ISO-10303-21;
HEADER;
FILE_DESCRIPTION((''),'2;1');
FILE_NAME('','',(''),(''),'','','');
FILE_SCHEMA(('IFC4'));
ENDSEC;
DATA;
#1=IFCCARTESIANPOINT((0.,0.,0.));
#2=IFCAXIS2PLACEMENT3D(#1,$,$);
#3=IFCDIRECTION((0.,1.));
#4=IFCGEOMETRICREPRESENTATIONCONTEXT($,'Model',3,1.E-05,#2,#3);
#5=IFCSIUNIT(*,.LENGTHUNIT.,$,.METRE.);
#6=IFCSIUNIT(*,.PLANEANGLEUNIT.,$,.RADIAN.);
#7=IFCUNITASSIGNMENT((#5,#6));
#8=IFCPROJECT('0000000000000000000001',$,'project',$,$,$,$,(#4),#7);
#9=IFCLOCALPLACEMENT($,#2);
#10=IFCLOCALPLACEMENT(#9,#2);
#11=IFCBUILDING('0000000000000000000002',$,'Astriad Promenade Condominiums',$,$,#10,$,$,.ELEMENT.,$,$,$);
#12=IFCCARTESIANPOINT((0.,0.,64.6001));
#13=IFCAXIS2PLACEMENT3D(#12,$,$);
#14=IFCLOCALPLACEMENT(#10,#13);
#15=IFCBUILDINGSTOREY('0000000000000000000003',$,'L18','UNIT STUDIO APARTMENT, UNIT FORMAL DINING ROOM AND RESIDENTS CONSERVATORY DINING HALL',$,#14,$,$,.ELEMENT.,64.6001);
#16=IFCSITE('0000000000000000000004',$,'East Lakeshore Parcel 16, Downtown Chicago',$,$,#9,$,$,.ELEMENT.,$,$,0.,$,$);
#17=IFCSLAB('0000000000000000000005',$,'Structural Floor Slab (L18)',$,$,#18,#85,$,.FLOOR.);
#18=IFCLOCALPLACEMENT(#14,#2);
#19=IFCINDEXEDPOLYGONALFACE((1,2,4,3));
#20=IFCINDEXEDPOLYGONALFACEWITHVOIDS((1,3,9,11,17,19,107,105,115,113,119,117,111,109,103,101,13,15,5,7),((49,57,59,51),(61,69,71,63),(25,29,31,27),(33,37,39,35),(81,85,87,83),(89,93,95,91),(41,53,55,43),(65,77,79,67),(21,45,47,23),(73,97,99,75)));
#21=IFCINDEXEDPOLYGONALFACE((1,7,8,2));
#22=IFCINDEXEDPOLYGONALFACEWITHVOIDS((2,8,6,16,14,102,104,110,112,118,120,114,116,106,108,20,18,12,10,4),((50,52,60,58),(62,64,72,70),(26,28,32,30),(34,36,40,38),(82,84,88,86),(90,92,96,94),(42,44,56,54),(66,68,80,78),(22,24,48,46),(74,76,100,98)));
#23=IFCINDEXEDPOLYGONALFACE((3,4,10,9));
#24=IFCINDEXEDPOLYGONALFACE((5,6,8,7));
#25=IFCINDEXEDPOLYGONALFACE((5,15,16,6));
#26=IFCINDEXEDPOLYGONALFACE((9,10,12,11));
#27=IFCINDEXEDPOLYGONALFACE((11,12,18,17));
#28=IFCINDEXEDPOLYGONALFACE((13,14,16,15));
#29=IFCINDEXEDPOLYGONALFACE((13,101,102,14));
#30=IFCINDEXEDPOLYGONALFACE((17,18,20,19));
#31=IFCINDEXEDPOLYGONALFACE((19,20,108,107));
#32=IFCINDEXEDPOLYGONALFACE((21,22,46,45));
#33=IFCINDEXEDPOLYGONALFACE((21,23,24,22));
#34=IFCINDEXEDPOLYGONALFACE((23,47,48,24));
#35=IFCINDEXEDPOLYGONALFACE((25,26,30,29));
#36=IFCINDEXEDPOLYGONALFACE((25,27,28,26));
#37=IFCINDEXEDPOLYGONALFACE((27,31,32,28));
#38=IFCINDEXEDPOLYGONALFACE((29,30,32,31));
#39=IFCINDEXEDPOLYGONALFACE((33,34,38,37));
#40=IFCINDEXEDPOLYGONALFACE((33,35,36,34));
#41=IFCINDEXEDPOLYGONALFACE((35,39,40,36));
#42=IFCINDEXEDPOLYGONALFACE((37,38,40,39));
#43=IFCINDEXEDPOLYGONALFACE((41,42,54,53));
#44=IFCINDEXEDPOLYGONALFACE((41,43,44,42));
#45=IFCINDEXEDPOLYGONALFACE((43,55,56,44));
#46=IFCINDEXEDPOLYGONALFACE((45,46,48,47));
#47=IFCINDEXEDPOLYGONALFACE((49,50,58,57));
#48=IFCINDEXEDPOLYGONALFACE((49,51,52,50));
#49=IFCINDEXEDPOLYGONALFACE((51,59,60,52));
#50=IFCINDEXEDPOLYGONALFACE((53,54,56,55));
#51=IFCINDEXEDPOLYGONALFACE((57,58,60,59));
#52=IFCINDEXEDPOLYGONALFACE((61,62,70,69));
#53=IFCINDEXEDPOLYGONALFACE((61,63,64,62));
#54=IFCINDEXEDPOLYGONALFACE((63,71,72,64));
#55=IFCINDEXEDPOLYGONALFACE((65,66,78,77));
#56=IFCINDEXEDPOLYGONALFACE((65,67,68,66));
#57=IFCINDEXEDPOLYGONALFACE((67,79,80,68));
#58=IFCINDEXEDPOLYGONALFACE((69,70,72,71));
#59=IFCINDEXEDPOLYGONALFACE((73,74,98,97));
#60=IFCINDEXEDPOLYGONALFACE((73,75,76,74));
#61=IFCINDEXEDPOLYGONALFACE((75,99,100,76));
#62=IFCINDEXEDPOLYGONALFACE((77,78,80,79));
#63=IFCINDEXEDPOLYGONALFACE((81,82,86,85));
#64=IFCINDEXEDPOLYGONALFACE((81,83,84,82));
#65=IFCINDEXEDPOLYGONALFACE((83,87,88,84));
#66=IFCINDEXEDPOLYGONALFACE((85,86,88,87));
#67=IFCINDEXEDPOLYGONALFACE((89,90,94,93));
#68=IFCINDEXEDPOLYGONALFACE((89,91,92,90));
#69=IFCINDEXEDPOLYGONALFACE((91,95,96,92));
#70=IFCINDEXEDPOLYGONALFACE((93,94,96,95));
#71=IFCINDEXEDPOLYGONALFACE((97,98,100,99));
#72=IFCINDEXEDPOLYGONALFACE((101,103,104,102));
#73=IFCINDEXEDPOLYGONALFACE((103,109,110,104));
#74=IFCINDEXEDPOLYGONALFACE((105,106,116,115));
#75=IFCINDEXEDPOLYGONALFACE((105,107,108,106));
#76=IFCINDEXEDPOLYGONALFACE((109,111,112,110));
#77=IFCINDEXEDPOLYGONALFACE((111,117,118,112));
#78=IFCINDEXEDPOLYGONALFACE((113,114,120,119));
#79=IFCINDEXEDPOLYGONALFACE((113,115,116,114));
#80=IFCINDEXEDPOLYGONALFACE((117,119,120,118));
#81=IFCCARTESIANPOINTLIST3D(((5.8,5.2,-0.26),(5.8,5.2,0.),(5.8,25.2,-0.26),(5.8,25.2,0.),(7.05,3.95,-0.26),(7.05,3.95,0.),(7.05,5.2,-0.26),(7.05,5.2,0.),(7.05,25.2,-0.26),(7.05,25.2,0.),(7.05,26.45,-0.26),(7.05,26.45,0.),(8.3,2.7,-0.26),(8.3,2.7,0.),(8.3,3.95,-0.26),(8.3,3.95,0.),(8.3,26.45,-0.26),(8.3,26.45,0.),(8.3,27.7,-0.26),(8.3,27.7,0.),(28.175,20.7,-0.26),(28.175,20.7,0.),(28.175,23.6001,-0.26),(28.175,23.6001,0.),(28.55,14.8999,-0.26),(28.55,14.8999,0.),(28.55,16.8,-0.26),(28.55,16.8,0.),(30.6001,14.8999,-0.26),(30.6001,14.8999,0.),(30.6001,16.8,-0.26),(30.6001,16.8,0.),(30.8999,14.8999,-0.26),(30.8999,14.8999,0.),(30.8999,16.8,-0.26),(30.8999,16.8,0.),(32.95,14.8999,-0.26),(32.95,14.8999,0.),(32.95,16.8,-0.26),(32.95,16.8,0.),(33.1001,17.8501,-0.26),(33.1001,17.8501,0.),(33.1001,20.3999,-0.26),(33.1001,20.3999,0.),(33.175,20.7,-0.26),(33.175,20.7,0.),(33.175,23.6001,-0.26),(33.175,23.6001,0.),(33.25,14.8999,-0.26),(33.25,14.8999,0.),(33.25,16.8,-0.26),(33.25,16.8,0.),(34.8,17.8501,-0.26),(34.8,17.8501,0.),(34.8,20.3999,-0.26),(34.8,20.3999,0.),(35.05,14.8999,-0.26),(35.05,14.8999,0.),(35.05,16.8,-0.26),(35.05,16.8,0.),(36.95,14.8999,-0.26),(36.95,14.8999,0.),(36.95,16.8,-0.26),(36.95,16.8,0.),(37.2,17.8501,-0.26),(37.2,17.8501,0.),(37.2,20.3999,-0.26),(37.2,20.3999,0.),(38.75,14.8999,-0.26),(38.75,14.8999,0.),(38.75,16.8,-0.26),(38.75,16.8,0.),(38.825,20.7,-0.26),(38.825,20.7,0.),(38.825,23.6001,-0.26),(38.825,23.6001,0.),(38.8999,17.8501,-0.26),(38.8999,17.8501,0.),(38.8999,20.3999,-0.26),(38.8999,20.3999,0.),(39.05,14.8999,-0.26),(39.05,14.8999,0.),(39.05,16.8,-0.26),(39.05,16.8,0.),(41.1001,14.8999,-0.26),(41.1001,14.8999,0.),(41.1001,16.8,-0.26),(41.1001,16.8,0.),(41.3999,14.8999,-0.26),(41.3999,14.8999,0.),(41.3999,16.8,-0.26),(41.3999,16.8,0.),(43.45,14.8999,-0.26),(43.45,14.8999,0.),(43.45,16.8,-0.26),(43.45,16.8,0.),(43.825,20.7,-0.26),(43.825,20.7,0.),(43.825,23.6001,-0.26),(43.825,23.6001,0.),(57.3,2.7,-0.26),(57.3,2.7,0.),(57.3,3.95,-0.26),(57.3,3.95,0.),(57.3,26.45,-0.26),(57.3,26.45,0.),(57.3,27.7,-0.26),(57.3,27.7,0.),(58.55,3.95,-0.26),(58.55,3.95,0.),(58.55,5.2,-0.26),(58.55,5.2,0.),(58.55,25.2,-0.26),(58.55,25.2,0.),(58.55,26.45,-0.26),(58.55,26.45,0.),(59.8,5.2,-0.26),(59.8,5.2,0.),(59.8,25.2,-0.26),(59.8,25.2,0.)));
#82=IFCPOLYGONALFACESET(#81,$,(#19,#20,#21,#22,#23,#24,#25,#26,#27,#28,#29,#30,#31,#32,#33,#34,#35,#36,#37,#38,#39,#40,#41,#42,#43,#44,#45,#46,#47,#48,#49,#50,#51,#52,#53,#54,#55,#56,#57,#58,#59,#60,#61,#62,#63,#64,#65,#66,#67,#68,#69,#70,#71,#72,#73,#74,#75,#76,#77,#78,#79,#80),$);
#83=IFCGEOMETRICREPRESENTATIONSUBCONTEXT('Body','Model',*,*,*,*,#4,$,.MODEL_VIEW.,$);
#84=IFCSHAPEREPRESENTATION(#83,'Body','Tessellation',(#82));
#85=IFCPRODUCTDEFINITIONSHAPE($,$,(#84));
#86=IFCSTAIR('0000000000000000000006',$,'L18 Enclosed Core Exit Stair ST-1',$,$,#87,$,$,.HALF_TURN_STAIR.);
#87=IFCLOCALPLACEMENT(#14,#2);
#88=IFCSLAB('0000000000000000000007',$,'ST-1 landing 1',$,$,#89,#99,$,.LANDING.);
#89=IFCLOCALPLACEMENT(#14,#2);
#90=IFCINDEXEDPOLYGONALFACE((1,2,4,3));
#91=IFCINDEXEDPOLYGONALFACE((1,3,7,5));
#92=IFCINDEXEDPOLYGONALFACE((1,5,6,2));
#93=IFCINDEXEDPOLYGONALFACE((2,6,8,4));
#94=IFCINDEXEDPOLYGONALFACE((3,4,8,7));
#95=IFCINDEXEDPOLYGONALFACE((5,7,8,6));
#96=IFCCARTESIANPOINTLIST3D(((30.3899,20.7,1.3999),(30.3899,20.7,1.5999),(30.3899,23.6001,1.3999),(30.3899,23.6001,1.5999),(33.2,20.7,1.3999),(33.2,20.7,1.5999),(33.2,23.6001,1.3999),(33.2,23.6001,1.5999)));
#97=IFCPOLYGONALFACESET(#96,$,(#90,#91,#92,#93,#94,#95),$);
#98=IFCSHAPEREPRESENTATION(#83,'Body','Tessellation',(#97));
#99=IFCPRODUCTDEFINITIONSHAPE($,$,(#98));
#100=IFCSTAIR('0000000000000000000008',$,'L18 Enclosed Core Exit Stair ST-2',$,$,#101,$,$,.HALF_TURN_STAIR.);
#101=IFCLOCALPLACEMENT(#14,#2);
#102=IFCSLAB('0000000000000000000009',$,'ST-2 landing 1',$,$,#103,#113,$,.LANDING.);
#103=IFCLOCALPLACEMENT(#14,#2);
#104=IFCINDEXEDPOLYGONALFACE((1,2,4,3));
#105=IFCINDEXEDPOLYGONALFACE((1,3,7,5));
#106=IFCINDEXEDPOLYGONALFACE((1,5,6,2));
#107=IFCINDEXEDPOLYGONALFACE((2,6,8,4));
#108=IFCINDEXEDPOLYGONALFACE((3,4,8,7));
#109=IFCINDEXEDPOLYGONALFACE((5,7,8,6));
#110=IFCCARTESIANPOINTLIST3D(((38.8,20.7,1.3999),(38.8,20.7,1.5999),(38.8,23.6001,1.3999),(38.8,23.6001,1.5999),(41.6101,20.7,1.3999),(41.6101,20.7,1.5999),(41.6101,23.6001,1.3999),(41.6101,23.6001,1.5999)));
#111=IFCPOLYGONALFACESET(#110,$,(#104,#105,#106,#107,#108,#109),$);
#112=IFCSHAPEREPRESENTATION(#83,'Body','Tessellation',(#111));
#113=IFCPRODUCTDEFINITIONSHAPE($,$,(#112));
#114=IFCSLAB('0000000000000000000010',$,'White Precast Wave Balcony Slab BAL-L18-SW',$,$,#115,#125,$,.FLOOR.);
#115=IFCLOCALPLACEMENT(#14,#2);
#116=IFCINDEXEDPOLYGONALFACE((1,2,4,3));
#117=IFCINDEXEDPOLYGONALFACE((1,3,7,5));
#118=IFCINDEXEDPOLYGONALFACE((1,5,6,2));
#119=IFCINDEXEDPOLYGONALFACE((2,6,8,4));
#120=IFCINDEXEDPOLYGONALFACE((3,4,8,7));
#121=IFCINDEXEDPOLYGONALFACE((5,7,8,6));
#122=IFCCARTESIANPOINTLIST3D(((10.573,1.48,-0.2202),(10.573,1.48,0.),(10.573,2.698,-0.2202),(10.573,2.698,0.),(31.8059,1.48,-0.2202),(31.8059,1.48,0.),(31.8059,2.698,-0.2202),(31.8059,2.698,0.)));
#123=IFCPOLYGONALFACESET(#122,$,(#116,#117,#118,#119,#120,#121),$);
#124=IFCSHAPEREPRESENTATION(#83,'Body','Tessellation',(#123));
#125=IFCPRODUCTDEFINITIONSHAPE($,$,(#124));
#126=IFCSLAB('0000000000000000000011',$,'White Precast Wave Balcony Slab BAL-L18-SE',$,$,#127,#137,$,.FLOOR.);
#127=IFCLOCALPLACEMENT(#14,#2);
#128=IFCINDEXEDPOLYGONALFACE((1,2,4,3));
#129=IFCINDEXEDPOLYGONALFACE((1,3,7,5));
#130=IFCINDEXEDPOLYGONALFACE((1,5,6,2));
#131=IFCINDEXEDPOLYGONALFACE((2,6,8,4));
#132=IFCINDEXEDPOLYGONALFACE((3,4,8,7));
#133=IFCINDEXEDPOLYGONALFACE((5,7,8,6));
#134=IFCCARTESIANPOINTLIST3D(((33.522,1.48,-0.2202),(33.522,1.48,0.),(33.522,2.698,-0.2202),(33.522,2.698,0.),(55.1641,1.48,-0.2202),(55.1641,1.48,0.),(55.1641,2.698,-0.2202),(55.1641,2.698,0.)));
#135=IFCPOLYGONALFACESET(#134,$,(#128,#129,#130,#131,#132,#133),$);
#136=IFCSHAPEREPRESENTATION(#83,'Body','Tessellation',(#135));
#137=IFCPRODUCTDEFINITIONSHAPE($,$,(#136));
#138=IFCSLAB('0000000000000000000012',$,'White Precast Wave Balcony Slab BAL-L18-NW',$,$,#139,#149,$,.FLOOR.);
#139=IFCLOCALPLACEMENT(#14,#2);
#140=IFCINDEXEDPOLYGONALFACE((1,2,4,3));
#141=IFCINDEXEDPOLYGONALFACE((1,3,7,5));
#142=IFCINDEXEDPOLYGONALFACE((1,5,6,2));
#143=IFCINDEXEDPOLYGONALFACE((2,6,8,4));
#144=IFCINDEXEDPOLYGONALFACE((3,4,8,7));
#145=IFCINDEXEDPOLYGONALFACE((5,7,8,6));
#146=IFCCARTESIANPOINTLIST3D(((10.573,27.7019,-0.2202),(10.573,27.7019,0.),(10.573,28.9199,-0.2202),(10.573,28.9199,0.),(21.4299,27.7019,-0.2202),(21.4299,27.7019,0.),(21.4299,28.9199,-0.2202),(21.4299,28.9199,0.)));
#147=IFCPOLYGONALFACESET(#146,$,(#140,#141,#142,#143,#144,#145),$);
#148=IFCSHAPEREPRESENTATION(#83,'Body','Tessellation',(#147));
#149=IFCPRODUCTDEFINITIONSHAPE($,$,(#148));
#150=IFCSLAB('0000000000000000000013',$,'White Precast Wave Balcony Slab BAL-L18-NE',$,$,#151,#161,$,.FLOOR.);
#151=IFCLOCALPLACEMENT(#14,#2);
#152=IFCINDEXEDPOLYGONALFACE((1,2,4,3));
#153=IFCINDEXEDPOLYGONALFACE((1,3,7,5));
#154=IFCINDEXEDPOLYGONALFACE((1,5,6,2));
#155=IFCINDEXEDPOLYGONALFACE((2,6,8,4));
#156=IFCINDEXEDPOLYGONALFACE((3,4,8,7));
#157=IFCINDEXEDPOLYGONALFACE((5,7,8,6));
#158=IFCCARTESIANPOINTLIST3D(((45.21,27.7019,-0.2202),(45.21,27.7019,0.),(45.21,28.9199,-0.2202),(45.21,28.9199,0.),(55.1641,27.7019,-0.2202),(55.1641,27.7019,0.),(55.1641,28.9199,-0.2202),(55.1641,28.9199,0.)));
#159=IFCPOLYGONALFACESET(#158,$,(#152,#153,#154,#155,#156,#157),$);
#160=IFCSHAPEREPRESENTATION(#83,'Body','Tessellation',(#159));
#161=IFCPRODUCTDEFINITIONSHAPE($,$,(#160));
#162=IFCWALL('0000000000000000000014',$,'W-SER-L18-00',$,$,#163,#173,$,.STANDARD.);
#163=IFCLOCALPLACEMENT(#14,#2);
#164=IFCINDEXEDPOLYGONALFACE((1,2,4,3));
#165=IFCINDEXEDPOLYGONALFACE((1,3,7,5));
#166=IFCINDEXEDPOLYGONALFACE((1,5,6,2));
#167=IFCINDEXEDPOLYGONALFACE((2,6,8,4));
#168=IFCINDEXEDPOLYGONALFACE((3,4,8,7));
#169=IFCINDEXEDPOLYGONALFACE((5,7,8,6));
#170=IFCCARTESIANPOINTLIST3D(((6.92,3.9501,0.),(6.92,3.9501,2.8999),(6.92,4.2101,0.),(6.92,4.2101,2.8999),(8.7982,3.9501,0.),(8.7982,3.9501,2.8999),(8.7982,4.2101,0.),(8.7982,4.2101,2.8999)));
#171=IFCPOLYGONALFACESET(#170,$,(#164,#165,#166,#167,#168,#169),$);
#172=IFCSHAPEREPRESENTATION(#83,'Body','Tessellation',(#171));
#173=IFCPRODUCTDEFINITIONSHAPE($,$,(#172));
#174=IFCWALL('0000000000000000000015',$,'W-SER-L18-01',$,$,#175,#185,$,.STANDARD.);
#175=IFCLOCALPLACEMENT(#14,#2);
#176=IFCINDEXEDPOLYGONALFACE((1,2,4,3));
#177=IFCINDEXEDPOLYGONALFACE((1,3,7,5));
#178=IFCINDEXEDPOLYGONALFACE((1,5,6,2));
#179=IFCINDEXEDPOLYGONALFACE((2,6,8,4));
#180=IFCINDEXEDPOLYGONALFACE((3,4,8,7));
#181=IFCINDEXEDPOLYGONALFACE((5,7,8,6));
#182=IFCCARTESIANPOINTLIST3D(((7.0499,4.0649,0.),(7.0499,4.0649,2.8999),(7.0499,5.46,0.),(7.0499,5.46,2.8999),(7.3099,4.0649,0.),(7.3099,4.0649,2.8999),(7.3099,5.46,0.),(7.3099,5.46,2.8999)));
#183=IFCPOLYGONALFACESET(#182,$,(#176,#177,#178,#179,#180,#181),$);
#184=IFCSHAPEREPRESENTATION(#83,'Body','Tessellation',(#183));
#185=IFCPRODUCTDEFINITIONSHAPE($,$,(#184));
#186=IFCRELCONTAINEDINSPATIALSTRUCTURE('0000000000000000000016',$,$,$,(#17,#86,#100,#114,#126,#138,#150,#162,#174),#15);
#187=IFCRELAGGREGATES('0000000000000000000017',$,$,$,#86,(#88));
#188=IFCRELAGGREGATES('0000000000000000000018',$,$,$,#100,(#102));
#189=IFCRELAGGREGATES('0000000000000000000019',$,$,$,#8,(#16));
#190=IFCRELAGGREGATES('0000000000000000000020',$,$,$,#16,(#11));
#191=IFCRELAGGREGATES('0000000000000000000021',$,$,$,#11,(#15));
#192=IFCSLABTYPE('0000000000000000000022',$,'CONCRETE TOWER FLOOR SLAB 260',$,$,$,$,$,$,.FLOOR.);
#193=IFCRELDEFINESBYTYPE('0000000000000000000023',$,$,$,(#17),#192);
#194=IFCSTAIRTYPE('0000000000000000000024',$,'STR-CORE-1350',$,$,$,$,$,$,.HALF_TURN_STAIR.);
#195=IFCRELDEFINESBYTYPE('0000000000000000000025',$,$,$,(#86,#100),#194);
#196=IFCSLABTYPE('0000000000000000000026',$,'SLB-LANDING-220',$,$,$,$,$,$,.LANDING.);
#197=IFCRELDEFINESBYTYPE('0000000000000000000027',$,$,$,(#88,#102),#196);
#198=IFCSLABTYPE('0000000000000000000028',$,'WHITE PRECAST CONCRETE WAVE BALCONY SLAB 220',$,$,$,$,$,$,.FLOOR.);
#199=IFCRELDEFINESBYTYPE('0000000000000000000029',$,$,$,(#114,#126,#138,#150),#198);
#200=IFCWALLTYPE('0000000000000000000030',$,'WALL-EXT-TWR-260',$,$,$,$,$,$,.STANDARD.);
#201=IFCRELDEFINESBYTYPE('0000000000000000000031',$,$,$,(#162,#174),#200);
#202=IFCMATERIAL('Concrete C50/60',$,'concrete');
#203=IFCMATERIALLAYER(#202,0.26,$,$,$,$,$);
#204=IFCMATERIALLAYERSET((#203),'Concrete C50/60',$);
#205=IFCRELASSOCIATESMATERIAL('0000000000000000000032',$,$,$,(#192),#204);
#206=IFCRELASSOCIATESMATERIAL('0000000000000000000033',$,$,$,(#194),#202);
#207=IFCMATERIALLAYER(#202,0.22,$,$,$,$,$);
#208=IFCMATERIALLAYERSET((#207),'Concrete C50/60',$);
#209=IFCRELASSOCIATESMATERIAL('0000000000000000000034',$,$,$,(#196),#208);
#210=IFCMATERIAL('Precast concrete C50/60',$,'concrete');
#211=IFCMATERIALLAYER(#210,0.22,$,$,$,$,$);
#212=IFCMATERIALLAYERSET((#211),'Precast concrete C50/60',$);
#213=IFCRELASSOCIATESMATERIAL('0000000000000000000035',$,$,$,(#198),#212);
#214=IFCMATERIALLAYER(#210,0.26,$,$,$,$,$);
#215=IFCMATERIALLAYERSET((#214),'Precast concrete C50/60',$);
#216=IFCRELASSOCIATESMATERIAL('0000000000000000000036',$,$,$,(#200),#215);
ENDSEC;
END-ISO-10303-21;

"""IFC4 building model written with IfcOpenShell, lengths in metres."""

from ifc_helpers import new_model, si_unit, direction, frame, frame_2d, origin, place, context, subcontext, project, spatial, polyline, rectangle, outline, extrude, material, layer, layer_set, type_object, element, aggregate, save


model = new_model("IFC4")

# Units and contexts
model_context = context("Model", 3, precision=1e-05, world=origin(), true_north=direction((0.0, 1.0)))
body_context = subcontext(model_context, "Body", "Model", "MODEL_VIEW")
ifc_project = project(units=[si_unit("LENGTHUNIT", "METRE"), si_unit("PLANEANGLEUNIT", "RADIAN")], contexts=[model_context])

# Site, building, storey
site_placement = place(None, origin())
site = spatial("IfcSite", under=ifc_project, at=site_placement, Name="East Lakeshore Parcel 16, Downtown Chicago", CompositionType="ELEMENT", RefElevation=0.0)
building_placement = place(site_placement, origin())
building = spatial("IfcBuilding", under=site, at=building_placement, Name="Astriad Promenade Condominiums", CompositionType="ELEMENT")
storey_placement = place(building_placement, frame((0.0, 0.0, 64.6001)))
storey = spatial("IfcBuildingStorey", under=building, at=storey_placement, Name="L18", Description="UNIT STUDIO APARTMENT, UNIT FORMAL DINING ROOM AND RESIDENTS CONSERVATORY DINING HALL", CompositionType="ELEMENT", Elevation=64.6001)

# Slab
ifc_material_1 = material(Name="Concrete C50/60", Category="concrete")
ifc_layer_1 = layer(ifc_material_1, 0.26)
ifc_layer_set_1 = layer_set([ifc_layer_1], Name="Concrete C50/60")
slab_type_1 = type_object("IfcSlabType", Name="CONCRETE TOWER FLOOR SLAB 260", PredefinedType="FLOOR", material=ifc_layer_set_1)
slab_1_placement = place(storey_placement, frame((0.0, 0.0, -0.26)))
element("IfcSlab", 1, at=slab_1_placement, inside=storey, type_object=slab_type_1, Name="Structural Floor Slab (L18)", PredefinedType="FLOOR", context=body_context, shape_type="SweptSolid", body=[
    extrude(outline(polyline([(8.3, 2.7), (57.3, 2.7), (57.3, 3.95), (58.55, 3.95), (58.55, 5.2), (59.8, 5.2), (59.8, 25.2), (58.55, 25.2), (58.55, 26.45), (57.3, 26.45), (57.3, 27.7), (8.3, 27.7), (8.3, 26.45), (7.05, 26.45), (7.05, 25.2), (5.8, 25.2), (5.8, 5.2), (7.05, 5.2), (7.05, 3.95), (8.3, 3.95), (8.3, 2.7)]), holes=[polyline([(28.175, 20.7), (33.175, 20.7), (33.175, 23.6001), (28.175, 23.6001), (28.175, 20.7)]), polyline([(38.825, 20.7), (43.825, 20.7), (43.825, 23.6001), (38.825, 23.6001), (38.825, 20.7)]), polyline([(33.1001, 17.8501), (34.8, 17.8501), (34.8, 20.3999), (33.1001, 20.3999), (33.1001, 17.8501)]), polyline([(37.2, 17.8501), (38.8999, 17.8501), (38.8999, 20.3999), (37.2, 20.3999), (37.2, 17.8501)]), polyline([(28.55, 14.8999), (30.6001, 14.8999), (30.6001, 16.8), (28.55, 16.8), (28.55, 14.8999)]), polyline([(30.8999, 14.8999), (32.95, 14.8999), (32.95, 16.8), (30.8999, 16.8), (30.8999, 14.8999)]), polyline([(33.25, 14.8999), (35.05, 14.8999), (35.05, 16.8), (33.25, 16.8), (33.25, 14.8999)]), polyline([(36.95, 14.8999), (38.75, 14.8999), (38.75, 16.8), (36.95, 16.8), (36.95, 14.8999)]), polyline([(39.05, 14.8999), (41.1001, 14.8999), (41.1001, 16.8), (39.05, 16.8), (39.05, 14.8999)]), polyline([(41.3999, 14.8999), (43.45, 14.8999), (43.45, 16.8), (41.3999, 16.8), (41.3999, 14.8999)])]), origin(), (0.0, 0.0, 1.0), 0.26),
])

# Stairs, slabs
stair_type = type_object("IfcStairType", Name="STR-CORE-1350", PredefinedType="HALF_TURN_STAIR", material=ifc_material_1)
stair_1_placement = place(storey_placement, origin())
stair_1 = element("IfcStair", 2, at=stair_1_placement, inside=storey, type_object=stair_type, Name="L18 Enclosed Core Exit Stair ST-1", PredefinedType="HALF_TURN_STAIR")
ifc_layer_2 = layer(ifc_material_1, 0.22)
ifc_layer_set_2 = layer_set([ifc_layer_2], Name="Concrete C50/60")
slab_type_2 = type_object("IfcSlabType", Name="SLB-LANDING-220", PredefinedType="LANDING", material=ifc_layer_set_2)
slab_2_placement = place(storey_placement, frame((0.0, 0.0, 1.3999)))
slab_2 = element("IfcSlab", 3, at=slab_2_placement, type_object=slab_type_2, Name="ST-1 landing 1", PredefinedType="LANDING", context=body_context, shape_type="SweptSolid", body=[
    extrude(outline(polyline([(30.3899, 20.7), (33.2, 20.7), (33.2, 23.6001), (30.3899, 23.6001), (30.3899, 20.7)])), origin(), (0.0, 0.0, 1.0), 0.2),
])
aggregate(stair_1, [slab_2])
stair_2_placement = place(storey_placement, origin())
stair_2 = element("IfcStair", 4, at=stair_2_placement, inside=storey, type_object=stair_type, Name="L18 Enclosed Core Exit Stair ST-2", PredefinedType="HALF_TURN_STAIR")
slab_3_placement = place(storey_placement, frame((0.0, 0.0, 1.3999)))
slab_3 = element("IfcSlab", 5, at=slab_3_placement, type_object=slab_type_2, Name="ST-2 landing 1", PredefinedType="LANDING", context=body_context, shape_type="SweptSolid", body=[
    extrude(outline(polyline([(41.6101, 23.6001), (38.8, 23.6001), (38.8, 20.7), (41.6101, 20.7), (41.6101, 23.6001)])), origin(), (0.0, 0.0, 1.0), 0.2),
])
aggregate(stair_2, [slab_3])

# Slabs
ifc_material_2 = material(Name="Precast concrete C50/60", Category="concrete")
ifc_layer_3 = layer(ifc_material_2, 0.22)
ifc_layer_set_3 = layer_set([ifc_layer_3], Name="Precast concrete C50/60")
slab_type_3 = type_object("IfcSlabType", Name="WHITE PRECAST CONCRETE WAVE BALCONY SLAB 220", PredefinedType="FLOOR", material=ifc_layer_set_3)
slab_4_placement = place(storey_placement, frame((0.0, 0.0, -0.2202)))
element("IfcSlab", 6, at=slab_4_placement, inside=storey, type_object=slab_type_3, Name="White Precast Wave Balcony Slab BAL-L18-SW", PredefinedType="FLOOR", context=body_context, shape_type="SweptSolid", body=[
    extrude(outline(polyline([(31.8059, 1.48), (10.573, 1.48), (10.573, 2.698), (31.8059, 2.698), (31.8059, 1.48)])), origin(), (0.0, 0.0, 1.0), 0.2202),
])
slab_5_placement = place(storey_placement, frame((0.0, 0.0, -0.2202)))
element("IfcSlab", 7, at=slab_5_placement, inside=storey, type_object=slab_type_3, Name="White Precast Wave Balcony Slab BAL-L18-SE", PredefinedType="FLOOR", context=body_context, shape_type="SweptSolid", body=[
    extrude(outline(polyline([(55.1641, 1.48), (33.522, 1.48), (33.522, 2.698), (55.1641, 2.698), (55.1641, 1.48)])), origin(), (0.0, 0.0, 1.0), 0.2202),
])
slab_6_placement = place(storey_placement, frame((0.0, 0.0, -0.2202)))
element("IfcSlab", 8, at=slab_6_placement, inside=storey, type_object=slab_type_3, Name="White Precast Wave Balcony Slab BAL-L18-NW", PredefinedType="FLOOR", context=body_context, shape_type="SweptSolid", body=[
    extrude(outline(polyline([(10.573, 28.9199), (21.4299, 28.9199), (21.4299, 27.7019), (10.573, 27.7019), (10.573, 28.9199)])), origin(), (0.0, 0.0, 1.0), 0.2202),
])
slab_7_placement = place(storey_placement, frame((0.0, 0.0, -0.2202)))
element("IfcSlab", 9, at=slab_7_placement, inside=storey, type_object=slab_type_3, Name="White Precast Wave Balcony Slab BAL-L18-NE", PredefinedType="FLOOR", context=body_context, shape_type="SweptSolid", body=[
    extrude(outline(polyline([(45.21, 28.9199), (55.1641, 28.9199), (55.1641, 27.7019), (45.21, 27.7019), (45.21, 28.9199)])), origin(), (0.0, 0.0, 1.0), 0.2202),
])

# Walls
ifc_layer_4 = layer(ifc_material_2, 0.26)
ifc_layer_set_4 = layer_set([ifc_layer_4], Name="Precast concrete C50/60")
wall_type_1 = type_object("IfcWallType", Name="WALL-EXT-TWR-260", PredefinedType="STANDARD", material=ifc_layer_set_4)
wall_1_placement = place(storey_placement, frame((8.7981, 4.0801, 0.0), z_axis=(0.0, 0.0, 1.0), x_axis=(-1.0, 0.0, 0.0)))
element("IfcWall", 10, at=wall_1_placement, inside=storey, type_object=wall_type_1, Name="W-SER-L18-00", PredefinedType="STANDARD", context=body_context, shape_type="SweptSolid", body=[
    extrude(rectangle(XDim=1.8782, YDim=0.26, at=frame_2d((0.939, 0.0))), origin(), (0.0, 0.0, 1.0), 2.8999),
])
for number, where, z_axis, x_axis, name in (
    (11, (7.1799, 4.0649, 0.0), (0.0, 0.0, 1.0), (0.0, 1.0, 0.0), "W-SER-L18-01"),
):
    element("IfcWall", number, at=place(storey_placement, frame(where, z_axis=z_axis, x_axis=x_axis)), inside=storey, type_object=wall_type_1, Name=name, PredefinedType="STANDARD", context=body_context, shape_type="SweptSolid", body=[
        extrude(rectangle(XDim=1.395, YDim=0.26, at=frame_2d((0.6975, 0.0))), origin(), (0.0, 0.0, 1.0), 2.8999),
    ])

save(model, "model.ifc")
